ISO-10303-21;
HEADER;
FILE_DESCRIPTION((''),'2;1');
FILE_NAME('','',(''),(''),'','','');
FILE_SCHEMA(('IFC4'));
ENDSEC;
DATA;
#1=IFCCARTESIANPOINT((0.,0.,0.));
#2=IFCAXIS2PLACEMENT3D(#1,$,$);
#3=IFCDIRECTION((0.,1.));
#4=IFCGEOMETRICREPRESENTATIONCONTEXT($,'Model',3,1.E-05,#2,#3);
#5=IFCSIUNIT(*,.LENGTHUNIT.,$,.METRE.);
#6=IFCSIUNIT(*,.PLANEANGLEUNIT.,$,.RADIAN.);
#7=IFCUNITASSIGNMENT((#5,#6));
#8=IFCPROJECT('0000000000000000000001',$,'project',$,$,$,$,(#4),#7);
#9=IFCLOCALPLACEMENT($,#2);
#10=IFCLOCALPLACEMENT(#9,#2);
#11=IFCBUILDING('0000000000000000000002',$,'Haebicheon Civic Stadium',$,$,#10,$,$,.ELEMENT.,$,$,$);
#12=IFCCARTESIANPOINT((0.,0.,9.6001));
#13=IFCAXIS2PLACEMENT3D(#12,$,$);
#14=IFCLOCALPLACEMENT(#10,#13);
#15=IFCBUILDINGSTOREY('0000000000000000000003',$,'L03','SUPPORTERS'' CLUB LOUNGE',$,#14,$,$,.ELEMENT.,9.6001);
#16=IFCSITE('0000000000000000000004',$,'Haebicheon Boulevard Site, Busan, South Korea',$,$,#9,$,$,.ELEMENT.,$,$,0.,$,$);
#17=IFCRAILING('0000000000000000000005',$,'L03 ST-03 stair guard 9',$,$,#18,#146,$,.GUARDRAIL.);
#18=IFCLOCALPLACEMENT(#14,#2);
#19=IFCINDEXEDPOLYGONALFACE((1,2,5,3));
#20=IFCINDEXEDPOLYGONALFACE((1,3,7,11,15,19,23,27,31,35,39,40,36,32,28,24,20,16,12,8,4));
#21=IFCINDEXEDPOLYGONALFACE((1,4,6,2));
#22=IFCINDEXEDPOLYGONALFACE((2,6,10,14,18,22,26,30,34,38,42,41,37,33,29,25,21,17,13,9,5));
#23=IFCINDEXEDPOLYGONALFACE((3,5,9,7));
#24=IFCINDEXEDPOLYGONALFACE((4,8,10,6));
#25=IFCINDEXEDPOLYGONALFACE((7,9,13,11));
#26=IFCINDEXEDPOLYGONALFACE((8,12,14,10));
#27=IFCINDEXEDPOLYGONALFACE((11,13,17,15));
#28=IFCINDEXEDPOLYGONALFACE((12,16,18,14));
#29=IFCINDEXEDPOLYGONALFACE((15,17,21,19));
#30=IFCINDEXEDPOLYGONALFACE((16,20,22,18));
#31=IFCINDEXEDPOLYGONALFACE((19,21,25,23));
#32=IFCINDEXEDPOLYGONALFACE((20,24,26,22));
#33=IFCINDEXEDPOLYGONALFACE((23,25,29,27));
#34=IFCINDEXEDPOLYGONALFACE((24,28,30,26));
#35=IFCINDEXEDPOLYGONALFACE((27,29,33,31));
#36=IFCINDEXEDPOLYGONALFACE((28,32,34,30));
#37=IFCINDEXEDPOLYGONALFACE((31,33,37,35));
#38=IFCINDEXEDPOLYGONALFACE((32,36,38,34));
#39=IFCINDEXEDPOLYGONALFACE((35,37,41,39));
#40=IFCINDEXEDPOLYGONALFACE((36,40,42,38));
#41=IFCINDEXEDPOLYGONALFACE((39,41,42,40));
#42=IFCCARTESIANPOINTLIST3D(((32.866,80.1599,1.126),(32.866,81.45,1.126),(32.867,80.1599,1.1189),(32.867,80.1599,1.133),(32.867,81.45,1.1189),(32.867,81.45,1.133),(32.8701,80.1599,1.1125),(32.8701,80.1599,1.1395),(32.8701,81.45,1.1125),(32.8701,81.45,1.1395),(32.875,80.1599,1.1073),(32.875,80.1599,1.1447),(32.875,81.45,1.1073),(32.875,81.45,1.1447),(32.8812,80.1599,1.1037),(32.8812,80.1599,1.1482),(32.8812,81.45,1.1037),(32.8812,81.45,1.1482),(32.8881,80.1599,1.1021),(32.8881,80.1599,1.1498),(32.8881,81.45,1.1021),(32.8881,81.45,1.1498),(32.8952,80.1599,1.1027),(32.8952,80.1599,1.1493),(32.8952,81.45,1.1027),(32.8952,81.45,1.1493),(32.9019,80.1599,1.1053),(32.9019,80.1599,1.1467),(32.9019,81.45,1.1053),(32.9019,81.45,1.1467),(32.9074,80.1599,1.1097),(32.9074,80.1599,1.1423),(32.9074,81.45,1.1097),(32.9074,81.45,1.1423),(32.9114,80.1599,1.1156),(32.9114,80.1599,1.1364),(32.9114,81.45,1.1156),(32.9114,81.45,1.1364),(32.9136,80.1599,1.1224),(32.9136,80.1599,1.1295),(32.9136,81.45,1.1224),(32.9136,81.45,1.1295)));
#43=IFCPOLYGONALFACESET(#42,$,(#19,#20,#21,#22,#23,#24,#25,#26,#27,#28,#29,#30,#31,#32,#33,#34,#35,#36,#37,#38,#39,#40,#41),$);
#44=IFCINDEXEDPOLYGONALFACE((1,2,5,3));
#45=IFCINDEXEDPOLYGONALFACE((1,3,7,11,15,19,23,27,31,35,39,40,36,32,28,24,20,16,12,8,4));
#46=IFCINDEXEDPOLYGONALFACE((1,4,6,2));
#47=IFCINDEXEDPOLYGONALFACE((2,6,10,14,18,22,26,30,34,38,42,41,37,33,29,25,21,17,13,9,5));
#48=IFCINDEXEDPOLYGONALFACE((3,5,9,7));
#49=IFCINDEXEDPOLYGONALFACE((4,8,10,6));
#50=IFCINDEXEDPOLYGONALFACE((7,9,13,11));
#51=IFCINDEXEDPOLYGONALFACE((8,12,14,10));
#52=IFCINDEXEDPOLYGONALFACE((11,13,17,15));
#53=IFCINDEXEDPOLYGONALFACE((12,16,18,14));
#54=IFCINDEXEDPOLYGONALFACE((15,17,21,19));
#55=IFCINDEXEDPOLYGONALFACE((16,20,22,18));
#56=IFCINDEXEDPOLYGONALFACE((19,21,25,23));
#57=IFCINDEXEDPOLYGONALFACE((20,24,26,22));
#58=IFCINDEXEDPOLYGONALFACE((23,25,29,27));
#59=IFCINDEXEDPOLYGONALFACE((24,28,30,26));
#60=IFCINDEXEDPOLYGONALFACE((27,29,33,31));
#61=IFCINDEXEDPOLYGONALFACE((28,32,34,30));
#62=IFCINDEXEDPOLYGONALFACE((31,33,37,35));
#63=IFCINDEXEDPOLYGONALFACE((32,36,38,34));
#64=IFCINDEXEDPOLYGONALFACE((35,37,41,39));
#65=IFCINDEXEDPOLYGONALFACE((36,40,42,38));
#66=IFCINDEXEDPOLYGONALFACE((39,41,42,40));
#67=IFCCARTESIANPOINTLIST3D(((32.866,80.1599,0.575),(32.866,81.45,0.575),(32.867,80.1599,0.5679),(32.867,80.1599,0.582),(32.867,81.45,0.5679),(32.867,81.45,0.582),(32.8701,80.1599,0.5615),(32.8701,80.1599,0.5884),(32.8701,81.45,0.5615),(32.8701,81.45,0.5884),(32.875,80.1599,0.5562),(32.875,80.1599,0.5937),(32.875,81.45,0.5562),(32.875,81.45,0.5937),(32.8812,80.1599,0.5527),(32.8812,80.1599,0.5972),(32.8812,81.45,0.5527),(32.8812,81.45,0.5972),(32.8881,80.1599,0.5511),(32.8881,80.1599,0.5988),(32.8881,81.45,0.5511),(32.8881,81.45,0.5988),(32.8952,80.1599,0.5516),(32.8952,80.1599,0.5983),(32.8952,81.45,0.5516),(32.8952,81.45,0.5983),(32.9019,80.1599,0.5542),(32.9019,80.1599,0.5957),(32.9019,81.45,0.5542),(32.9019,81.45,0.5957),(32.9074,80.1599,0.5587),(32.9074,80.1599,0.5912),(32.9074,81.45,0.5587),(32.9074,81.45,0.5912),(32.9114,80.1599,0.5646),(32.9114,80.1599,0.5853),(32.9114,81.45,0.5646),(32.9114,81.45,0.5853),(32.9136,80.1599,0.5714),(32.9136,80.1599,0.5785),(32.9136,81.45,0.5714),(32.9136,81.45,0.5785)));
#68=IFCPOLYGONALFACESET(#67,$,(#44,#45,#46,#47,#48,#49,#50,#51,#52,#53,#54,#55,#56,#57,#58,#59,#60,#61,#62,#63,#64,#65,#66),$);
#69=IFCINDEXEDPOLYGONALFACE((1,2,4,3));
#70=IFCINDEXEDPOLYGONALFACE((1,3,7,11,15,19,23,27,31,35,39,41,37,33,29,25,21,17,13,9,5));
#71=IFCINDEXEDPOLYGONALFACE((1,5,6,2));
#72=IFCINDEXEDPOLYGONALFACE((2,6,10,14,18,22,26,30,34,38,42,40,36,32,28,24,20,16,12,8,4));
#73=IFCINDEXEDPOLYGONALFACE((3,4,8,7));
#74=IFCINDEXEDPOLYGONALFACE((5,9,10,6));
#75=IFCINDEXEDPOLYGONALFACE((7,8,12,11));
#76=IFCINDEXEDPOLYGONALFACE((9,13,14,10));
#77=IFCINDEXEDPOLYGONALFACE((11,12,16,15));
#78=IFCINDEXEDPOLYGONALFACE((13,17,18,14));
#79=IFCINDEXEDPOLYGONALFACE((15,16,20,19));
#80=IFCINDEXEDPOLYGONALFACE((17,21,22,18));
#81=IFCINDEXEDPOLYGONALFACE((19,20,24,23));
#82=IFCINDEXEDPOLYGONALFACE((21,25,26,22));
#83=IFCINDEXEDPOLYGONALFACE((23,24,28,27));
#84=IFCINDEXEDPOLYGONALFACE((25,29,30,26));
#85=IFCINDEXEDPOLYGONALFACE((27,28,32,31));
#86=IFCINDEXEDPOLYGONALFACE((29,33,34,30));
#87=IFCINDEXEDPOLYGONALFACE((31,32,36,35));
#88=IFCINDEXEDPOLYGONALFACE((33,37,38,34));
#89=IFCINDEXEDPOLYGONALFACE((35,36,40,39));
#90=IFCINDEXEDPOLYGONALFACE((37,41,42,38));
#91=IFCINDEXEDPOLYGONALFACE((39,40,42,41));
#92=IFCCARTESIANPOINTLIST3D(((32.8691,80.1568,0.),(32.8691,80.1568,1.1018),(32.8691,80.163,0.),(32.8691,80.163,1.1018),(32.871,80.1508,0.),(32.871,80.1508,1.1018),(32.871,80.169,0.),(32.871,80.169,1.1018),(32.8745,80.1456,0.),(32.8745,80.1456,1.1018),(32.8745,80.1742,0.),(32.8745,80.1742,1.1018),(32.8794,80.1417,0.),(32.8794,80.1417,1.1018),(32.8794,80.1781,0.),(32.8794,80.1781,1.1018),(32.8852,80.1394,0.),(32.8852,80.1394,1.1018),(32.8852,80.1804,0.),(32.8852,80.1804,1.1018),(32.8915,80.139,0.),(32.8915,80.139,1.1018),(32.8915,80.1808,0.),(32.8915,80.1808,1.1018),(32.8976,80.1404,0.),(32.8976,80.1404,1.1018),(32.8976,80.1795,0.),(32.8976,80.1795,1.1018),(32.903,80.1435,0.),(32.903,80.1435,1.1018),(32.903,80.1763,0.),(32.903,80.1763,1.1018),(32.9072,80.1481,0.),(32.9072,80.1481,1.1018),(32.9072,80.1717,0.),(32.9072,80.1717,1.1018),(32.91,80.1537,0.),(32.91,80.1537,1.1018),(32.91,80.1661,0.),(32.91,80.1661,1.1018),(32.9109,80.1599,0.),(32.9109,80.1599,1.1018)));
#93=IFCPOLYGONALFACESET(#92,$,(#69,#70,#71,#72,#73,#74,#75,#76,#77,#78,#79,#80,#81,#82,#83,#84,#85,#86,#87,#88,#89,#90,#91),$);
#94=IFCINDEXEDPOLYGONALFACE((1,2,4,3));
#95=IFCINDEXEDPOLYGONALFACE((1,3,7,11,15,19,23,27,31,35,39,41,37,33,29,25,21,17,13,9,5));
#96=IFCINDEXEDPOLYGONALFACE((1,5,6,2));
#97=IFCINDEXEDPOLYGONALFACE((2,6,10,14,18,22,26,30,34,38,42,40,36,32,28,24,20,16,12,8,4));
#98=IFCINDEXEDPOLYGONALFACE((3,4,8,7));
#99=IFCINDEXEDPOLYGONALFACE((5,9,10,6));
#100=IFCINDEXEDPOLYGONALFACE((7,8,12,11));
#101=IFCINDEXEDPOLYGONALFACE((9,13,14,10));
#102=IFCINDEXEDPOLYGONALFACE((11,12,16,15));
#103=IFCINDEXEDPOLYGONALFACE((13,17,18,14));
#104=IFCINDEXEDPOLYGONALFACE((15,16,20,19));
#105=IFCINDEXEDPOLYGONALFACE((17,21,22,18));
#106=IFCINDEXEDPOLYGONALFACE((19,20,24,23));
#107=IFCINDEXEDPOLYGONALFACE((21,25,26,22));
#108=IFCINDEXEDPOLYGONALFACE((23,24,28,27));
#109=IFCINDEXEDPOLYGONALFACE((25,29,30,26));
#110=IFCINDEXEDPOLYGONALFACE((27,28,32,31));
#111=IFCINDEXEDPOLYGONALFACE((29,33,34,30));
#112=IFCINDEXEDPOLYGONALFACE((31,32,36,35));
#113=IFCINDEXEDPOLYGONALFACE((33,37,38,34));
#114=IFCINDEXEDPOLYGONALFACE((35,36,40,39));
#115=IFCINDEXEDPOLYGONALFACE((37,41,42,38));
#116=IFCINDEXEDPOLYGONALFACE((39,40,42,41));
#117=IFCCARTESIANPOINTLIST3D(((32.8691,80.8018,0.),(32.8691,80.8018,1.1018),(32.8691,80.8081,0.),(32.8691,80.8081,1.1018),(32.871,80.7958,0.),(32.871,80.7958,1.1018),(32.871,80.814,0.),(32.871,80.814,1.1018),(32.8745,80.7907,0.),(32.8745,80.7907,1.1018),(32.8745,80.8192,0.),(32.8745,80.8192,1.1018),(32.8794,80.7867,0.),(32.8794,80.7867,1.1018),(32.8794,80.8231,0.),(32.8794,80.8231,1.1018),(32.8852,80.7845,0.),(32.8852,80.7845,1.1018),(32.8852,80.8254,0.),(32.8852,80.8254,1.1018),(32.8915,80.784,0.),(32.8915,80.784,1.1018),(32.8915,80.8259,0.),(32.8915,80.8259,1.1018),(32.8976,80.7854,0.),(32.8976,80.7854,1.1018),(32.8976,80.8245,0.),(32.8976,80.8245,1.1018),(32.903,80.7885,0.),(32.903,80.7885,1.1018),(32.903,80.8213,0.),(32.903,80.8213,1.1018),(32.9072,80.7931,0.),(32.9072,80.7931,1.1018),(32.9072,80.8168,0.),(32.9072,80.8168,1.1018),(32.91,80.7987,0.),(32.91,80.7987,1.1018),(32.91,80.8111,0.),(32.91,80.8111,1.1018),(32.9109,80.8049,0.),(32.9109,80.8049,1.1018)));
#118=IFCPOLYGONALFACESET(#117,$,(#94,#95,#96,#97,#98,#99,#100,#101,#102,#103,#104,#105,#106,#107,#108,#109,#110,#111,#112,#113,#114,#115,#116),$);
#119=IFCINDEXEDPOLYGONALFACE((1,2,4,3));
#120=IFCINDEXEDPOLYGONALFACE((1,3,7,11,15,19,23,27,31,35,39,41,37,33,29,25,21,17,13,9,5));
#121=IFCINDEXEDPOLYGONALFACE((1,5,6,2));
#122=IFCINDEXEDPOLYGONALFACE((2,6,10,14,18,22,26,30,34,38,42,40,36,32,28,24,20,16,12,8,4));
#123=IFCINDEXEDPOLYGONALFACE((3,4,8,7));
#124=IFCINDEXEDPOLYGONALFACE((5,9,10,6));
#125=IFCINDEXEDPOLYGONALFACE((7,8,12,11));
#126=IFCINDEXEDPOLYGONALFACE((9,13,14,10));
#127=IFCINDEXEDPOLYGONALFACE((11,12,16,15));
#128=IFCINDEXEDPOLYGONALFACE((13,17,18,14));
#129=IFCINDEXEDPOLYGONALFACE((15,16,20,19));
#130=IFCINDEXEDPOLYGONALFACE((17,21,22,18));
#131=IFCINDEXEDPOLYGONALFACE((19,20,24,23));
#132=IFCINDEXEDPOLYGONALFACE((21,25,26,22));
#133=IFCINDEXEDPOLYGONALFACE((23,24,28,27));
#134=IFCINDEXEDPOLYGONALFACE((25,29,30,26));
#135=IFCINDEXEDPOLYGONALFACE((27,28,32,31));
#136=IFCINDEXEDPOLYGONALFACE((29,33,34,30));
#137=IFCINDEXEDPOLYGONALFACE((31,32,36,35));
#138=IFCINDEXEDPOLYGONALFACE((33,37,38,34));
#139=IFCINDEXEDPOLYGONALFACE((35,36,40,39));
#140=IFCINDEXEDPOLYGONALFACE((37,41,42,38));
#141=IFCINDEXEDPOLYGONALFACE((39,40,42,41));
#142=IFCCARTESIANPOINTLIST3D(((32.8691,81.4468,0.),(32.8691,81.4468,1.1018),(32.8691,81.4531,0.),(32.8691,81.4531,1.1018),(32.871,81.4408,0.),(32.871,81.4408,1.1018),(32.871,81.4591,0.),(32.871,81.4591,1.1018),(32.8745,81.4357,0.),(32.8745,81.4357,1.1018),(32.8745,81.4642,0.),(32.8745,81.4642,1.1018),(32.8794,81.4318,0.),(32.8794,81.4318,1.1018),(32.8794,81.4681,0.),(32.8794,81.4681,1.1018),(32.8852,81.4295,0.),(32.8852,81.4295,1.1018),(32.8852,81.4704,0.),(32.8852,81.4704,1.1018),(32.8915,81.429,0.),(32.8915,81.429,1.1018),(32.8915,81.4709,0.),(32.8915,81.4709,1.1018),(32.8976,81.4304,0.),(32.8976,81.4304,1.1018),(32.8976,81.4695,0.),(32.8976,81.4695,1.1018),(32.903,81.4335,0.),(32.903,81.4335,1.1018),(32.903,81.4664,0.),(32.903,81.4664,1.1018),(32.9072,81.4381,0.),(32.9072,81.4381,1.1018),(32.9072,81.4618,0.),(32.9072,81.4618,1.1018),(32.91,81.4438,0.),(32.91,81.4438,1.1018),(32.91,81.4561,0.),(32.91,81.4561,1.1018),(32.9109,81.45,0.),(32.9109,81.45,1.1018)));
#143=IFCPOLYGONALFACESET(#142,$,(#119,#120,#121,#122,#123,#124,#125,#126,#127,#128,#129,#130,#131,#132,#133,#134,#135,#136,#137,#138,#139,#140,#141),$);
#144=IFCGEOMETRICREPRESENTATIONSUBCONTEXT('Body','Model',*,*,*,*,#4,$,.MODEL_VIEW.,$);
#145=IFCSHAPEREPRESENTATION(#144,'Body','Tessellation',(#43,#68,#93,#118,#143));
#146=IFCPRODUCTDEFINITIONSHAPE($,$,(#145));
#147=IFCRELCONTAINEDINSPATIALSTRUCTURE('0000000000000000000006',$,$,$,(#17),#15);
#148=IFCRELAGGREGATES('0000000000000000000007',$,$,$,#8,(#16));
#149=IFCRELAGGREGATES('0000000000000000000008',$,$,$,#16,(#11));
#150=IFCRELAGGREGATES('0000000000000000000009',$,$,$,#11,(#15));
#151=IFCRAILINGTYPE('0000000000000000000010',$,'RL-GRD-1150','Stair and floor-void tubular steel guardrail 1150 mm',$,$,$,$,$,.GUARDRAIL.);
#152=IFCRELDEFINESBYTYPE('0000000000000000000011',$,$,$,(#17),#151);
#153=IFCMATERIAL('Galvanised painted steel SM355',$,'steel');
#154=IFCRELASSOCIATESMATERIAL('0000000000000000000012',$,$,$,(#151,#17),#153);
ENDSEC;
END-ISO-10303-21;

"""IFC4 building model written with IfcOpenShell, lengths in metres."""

from ifc_helpers import new_model, si_unit, direction, frame, origin, origin_2d, place, context, subcontext, project, spatial, circle, extrude, material, type_object, element, save


model = new_model("IFC4")

# Units and contexts
model_context = context("Model", 3, precision=1e-05, world=origin(), true_north=direction((0.0, 1.0)))
body_context = subcontext(model_context, "Body", "Model", "MODEL_VIEW")
ifc_project = project(units=[si_unit("LENGTHUNIT", "METRE"), si_unit("PLANEANGLEUNIT", "RADIAN")], contexts=[model_context])

# Site, building, storey
site_placement = place(None, origin())
site = spatial("IfcSite", under=ifc_project, at=site_placement, Name="Haebicheon Boulevard Site, Busan, South Korea", CompositionType="ELEMENT", RefElevation=0.0)
building_placement = place(site_placement, origin())
building = spatial("IfcBuilding", under=site, at=building_placement, Name="Haebicheon Civic Stadium", CompositionType="ELEMENT")
storey_placement = place(building_placement, frame((0.0, 0.0, 9.6001)))
storey = spatial("IfcBuildingStorey", under=building, at=storey_placement, Name="L03", Description="SUPPORTERS' CLUB LOUNGE", CompositionType="ELEMENT", Elevation=9.6001)

# Railing
ifc_material_1 = material(Name="Galvanised painted steel SM355", Category="steel")
railing_type_1 = type_object("IfcRailingType", Name="RL-GRD-1150", Description="Stair and floor-void tubular steel guardrail 1150 mm", PredefinedType="GUARDRAIL", material=ifc_material_1)
for number, where, name in (
    (1, (32.8899, 80.1599, 0.0), "L03 ST-03 stair guard 9"),
):
    element("IfcRailing", number, at=place(storey_placement, frame(where)), inside=storey, type_object=railing_type_1, material=ifc_material_1, Name=name, PredefinedType="GUARDRAIL", context=body_context, shape_type="SweptSolid", body=[
        extrude(circle(Radius=0.0239, at=origin_2d()), frame((0.0, 0.0, 1.126), z_axis=(0.0, 1.0, 0.0), x_axis=(-1.0, 0.0, 0.0)), (0.0, 0.0, 1.0), 1.29),
        extrude(circle(Radius=0.0239, at=origin_2d()), frame((0.0, 0.0, 0.575), z_axis=(0.0, 1.0, 0.0), x_axis=(-1.0, 0.0, 0.0)), (0.0, 0.0, 1.0), 1.29),
        extrude(circle(Radius=0.021, at=origin_2d()), origin(), (0.0, 0.0, 1.0), 1.1018),
        extrude(circle(Radius=0.021, at=origin_2d()), frame((0.0, 0.645, 0.0)), (0.0, 0.0, 1.0), 1.1018),
        extrude(circle(Radius=0.021, at=origin_2d()), frame((0.0, 1.29, 0.0)), (0.0, 0.0, 1.0), 1.1018),
    ])

save(model, "model.ifc")
